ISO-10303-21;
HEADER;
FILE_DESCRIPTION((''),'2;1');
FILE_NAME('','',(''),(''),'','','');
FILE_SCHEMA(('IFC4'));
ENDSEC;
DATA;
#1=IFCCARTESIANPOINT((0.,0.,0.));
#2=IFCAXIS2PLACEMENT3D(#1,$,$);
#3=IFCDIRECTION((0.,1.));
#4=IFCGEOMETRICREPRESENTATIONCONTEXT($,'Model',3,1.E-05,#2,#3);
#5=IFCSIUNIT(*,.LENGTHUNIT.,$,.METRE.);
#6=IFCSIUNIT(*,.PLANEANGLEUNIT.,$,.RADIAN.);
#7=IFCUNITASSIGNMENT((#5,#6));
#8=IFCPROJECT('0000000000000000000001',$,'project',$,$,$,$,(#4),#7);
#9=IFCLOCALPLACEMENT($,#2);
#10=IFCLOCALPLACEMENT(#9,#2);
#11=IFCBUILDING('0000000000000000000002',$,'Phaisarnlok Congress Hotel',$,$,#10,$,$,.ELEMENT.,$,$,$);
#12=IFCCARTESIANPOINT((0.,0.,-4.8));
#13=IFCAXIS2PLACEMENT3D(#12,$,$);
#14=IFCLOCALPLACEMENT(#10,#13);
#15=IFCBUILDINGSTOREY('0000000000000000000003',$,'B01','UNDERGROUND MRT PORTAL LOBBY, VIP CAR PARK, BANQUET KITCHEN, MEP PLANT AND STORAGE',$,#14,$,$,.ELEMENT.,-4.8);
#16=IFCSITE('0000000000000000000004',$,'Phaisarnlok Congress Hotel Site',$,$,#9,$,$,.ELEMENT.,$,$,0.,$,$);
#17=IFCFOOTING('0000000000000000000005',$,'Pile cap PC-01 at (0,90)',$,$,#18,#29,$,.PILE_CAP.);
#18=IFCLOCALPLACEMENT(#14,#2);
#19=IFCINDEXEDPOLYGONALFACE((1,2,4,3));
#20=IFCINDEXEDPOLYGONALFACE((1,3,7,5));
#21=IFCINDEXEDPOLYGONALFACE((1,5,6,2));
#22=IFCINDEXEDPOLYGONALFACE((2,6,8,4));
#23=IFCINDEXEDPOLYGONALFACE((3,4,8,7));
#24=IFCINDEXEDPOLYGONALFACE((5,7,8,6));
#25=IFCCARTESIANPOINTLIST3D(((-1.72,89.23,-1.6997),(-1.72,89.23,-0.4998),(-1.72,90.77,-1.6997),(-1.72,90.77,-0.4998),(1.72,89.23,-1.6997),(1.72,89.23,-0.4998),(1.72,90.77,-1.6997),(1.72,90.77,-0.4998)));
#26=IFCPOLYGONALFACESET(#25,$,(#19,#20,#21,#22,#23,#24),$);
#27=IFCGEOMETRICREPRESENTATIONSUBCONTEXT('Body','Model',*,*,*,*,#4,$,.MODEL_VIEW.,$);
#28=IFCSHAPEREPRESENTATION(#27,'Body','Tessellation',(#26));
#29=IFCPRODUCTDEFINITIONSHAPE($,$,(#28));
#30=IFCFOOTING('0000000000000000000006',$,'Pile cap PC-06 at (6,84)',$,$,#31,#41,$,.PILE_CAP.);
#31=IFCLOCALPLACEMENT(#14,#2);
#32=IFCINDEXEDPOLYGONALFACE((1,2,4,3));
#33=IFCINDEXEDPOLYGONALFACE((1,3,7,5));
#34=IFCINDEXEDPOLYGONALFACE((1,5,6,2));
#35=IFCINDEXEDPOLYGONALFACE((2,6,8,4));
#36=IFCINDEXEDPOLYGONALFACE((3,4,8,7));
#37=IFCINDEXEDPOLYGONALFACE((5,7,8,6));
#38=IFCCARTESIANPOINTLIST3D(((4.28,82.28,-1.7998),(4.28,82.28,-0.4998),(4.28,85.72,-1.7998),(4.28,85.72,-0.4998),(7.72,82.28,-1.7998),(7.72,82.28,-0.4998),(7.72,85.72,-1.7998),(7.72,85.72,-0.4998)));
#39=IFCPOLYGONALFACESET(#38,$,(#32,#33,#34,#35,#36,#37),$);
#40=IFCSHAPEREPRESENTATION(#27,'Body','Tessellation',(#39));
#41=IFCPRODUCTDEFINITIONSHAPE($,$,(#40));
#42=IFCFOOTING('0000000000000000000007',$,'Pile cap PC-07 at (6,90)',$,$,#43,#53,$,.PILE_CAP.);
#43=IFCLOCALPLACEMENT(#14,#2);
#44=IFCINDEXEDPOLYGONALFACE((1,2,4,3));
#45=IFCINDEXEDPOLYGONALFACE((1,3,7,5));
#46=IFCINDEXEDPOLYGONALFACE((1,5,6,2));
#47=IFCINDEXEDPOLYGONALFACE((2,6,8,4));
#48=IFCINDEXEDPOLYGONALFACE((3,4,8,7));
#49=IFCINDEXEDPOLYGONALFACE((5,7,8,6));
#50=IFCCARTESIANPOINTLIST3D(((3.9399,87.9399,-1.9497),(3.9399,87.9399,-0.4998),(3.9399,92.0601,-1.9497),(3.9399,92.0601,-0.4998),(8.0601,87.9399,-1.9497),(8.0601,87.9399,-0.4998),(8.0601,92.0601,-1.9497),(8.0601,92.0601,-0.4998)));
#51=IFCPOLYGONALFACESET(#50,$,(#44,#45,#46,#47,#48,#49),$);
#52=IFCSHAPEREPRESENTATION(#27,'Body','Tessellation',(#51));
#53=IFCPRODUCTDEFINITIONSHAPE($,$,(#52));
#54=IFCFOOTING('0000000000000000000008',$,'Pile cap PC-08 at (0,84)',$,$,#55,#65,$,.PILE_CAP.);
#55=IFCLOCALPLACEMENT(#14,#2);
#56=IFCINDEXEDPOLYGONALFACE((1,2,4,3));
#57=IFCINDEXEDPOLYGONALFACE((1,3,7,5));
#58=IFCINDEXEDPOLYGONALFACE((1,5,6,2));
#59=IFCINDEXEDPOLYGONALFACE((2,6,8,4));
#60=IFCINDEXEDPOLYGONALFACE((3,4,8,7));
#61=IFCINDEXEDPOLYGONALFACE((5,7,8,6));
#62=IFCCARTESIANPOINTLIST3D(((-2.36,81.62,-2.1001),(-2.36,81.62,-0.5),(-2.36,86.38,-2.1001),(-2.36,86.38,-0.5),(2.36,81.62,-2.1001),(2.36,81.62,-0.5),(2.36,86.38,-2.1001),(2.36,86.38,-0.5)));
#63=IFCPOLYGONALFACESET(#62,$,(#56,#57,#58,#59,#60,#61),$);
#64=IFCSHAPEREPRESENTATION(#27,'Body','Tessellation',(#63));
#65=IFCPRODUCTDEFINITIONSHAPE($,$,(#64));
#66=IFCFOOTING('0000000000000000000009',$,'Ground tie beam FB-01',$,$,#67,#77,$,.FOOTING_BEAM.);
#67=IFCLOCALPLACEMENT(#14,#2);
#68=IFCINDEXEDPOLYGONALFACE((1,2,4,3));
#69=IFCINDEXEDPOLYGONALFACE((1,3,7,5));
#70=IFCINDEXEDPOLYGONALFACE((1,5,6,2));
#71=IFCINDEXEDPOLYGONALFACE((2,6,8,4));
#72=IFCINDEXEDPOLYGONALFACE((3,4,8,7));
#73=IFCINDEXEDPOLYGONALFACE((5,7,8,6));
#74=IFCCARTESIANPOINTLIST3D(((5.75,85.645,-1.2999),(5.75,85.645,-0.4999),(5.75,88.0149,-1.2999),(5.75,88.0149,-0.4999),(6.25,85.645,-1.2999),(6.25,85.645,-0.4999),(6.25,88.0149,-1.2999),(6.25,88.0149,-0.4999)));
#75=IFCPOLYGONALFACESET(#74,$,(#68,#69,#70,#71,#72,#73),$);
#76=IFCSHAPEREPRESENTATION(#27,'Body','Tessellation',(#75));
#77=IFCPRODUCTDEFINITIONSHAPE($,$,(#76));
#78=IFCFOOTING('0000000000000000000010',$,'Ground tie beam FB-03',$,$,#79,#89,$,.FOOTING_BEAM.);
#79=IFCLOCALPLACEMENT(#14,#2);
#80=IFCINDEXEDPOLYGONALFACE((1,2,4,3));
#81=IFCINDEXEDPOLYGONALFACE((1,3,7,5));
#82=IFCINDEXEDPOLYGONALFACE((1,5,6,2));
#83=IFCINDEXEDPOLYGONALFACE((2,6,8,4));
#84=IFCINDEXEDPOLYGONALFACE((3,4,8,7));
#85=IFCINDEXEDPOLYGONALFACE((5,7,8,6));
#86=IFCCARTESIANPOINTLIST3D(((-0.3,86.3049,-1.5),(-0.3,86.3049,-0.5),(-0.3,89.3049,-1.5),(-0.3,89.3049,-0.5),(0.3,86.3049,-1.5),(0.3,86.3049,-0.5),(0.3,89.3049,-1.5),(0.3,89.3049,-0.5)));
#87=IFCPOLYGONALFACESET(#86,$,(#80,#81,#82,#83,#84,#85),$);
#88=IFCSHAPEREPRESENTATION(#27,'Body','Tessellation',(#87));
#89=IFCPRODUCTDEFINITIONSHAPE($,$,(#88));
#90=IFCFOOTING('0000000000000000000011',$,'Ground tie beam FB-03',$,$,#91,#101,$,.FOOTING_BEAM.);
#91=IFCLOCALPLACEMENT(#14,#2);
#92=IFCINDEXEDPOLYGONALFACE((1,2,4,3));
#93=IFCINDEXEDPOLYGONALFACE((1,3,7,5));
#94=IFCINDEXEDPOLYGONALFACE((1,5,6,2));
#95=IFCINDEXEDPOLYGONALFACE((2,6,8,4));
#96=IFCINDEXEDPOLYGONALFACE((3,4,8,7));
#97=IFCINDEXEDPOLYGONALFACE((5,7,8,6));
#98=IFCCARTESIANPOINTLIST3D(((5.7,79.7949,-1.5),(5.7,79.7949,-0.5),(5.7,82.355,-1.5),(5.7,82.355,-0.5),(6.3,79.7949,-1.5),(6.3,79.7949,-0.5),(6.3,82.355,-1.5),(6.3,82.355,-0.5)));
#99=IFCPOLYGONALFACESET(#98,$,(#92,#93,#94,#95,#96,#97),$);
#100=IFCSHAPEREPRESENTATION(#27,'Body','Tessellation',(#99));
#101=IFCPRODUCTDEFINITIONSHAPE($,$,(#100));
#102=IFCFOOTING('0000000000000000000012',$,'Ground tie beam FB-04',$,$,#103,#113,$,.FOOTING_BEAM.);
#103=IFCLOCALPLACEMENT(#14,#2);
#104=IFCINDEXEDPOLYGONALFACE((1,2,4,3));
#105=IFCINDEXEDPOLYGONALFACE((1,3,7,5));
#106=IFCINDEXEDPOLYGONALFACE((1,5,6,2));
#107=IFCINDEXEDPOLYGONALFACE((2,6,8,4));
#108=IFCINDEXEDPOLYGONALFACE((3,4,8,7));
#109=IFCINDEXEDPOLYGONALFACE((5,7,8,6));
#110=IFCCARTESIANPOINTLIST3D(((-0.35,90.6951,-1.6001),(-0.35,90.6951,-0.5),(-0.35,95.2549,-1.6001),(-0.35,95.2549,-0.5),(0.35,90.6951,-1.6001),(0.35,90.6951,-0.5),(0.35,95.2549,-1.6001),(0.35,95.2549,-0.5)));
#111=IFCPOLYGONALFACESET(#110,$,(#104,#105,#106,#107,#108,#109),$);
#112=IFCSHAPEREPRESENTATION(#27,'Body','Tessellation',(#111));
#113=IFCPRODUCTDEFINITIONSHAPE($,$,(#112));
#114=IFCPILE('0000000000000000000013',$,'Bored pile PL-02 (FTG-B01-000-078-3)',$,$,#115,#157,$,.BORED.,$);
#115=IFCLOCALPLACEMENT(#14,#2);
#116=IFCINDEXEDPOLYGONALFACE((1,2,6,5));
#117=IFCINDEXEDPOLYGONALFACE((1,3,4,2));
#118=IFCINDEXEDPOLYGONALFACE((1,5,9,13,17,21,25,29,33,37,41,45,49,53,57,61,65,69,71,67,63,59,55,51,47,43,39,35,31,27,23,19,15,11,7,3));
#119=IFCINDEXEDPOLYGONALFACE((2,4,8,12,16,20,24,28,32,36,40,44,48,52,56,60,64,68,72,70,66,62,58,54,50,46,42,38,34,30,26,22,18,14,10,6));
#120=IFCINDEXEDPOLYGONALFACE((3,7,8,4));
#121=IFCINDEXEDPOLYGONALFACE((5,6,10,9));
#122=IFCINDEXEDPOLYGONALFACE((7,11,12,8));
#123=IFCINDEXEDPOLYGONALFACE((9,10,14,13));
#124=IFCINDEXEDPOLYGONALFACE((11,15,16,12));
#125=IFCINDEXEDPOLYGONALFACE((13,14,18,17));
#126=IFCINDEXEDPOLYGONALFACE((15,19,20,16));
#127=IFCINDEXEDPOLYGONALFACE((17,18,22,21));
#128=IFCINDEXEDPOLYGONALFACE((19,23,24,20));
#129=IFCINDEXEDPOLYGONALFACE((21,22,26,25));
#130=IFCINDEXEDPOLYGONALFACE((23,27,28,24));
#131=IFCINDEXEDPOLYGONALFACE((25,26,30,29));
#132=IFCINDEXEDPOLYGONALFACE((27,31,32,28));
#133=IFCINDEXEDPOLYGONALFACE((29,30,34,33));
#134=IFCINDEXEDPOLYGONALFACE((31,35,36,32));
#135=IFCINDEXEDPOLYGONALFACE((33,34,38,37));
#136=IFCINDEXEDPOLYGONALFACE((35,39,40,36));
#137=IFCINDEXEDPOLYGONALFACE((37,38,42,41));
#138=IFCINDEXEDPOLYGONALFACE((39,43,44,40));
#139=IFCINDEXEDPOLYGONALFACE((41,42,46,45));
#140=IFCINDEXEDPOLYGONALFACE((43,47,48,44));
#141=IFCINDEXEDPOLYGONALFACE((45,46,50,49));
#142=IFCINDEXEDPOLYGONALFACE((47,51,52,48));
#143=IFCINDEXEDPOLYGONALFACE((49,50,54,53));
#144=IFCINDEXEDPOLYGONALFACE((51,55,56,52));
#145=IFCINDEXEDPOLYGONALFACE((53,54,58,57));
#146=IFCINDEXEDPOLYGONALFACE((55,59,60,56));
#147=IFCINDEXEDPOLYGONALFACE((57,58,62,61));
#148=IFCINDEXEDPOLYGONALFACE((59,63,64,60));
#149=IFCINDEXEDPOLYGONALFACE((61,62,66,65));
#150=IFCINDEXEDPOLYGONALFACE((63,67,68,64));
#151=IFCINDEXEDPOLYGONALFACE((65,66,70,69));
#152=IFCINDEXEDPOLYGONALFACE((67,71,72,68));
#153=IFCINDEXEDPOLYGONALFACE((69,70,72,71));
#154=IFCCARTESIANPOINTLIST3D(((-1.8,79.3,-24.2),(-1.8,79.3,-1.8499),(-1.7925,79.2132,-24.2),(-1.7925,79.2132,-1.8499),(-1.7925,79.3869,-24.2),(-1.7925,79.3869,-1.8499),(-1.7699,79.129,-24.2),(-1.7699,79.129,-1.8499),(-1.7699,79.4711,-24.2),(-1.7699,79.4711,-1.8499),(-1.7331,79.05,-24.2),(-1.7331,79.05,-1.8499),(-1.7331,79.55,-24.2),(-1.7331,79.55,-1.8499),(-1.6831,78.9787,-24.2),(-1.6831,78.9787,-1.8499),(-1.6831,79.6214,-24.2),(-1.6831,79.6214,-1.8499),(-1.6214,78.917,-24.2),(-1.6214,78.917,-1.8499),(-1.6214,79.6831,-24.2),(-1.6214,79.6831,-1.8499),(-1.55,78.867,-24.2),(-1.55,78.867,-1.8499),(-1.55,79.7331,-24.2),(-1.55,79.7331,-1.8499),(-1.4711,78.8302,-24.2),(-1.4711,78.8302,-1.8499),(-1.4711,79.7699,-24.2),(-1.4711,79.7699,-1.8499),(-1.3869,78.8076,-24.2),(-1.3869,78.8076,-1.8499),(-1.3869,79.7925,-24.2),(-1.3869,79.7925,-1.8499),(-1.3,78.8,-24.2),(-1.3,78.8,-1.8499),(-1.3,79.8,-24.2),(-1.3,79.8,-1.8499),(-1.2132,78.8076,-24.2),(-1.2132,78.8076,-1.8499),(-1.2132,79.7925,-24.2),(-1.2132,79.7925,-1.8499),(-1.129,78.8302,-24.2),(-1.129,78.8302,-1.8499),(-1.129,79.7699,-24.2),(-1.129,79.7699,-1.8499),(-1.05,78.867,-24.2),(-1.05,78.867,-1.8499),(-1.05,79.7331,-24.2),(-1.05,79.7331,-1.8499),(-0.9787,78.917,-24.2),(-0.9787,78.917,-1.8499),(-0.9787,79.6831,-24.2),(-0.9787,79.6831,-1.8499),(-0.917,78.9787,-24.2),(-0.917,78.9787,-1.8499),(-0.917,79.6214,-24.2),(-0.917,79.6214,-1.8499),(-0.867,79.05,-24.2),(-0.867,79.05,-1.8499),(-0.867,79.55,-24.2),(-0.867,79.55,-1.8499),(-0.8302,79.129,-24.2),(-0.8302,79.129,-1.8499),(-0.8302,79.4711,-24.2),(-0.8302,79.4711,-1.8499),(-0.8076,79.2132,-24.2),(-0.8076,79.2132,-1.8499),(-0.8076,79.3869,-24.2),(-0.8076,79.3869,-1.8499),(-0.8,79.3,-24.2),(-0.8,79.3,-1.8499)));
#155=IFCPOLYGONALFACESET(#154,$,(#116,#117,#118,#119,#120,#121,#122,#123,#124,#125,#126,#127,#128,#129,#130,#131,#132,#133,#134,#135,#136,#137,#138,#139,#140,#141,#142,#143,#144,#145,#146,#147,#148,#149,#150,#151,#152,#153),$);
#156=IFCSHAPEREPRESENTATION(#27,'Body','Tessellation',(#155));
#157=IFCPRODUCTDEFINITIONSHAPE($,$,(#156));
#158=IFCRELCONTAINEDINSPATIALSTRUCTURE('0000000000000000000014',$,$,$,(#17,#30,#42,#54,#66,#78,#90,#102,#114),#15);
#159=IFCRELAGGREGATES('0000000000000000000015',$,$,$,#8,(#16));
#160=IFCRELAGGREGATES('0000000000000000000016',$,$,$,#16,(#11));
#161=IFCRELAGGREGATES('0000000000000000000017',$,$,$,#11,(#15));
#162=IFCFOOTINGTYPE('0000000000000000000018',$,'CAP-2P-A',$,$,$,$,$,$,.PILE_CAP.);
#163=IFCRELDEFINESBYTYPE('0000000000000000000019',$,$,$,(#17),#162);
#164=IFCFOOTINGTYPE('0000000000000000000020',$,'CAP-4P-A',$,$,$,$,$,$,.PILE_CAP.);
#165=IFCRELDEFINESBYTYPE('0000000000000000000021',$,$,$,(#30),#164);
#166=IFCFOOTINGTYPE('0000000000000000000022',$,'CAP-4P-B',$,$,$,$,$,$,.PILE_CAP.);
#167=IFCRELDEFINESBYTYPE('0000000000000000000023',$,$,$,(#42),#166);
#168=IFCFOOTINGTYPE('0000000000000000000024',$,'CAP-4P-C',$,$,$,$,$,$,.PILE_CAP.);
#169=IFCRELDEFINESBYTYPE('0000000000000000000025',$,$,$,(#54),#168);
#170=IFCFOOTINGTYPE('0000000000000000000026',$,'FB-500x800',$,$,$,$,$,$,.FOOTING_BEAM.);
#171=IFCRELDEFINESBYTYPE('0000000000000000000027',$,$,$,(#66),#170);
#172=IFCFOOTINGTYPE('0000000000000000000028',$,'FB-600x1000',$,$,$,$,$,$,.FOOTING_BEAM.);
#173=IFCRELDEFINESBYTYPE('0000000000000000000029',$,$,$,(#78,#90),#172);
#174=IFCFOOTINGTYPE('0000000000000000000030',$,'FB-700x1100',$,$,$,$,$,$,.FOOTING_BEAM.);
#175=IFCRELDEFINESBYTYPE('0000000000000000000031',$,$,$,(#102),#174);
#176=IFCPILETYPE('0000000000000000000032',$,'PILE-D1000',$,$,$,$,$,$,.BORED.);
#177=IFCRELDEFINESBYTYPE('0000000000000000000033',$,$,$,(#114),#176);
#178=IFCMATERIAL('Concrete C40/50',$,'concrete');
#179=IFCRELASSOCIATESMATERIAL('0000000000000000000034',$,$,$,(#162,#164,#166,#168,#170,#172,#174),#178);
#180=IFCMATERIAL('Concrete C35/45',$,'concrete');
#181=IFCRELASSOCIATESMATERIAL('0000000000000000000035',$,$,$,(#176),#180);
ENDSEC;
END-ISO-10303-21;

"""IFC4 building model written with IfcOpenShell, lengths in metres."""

from ifc_helpers import new_model, si_unit, direction, frame, origin, origin_2d, place, context, subcontext, project, spatial, rectangle, circle, extrude, material, material_profile, profile_set, type_object, element, save


model = new_model("IFC4")

# Units and contexts
model_context = context("Model", 3, precision=1e-05, world=origin(), true_north=direction((0.0, 1.0)))
body_context = subcontext(model_context, "Body", "Model", "MODEL_VIEW")
ifc_project = project(units=[si_unit("LENGTHUNIT", "METRE"), si_unit("PLANEANGLEUNIT", "RADIAN")], contexts=[model_context])

# Site, building, storey
site_placement = place(None, origin())
site = spatial("IfcSite", under=ifc_project, at=site_placement, Name="Phaisarnlok Congress Hotel Site", CompositionType="ELEMENT", RefElevation=0.0)
building_placement = place(site_placement, origin())
building = spatial("IfcBuilding", under=site, at=building_placement, Name="Phaisarnlok Congress Hotel", CompositionType="ELEMENT")
storey_placement = place(building_placement, frame((0.0, 0.0, -4.8)))
storey = spatial("IfcBuildingStorey", under=building, at=storey_placement, Name="B01", Description="UNDERGROUND MRT PORTAL LOBBY, VIP CAR PARK, BANQUET KITCHEN, MEP PLANT AND STORAGE", CompositionType="ELEMENT", Elevation=-4.8)

# Footings
ifc_material_1 = material(Name="Concrete C40/50", Category="concrete")
footing_type_1 = type_object("IfcFootingType", Name="CAP-2P-A", PredefinedType="PILE_CAP", material=ifc_material_1)
footing_1_placement = place(storey_placement, frame((0.0, 90.0, -1.6997), z_axis=(0.0, 0.0, 1.0), x_axis=(1.0, 0.0, 0.0)))
element("IfcFooting", 1, at=footing_1_placement, inside=storey, type_object=footing_type_1, Name="Pile cap PC-01 at (0,90)", PredefinedType="PILE_CAP", context=body_context, shape_type="SweptSolid", body=[
    extrude(rectangle(XDim=3.4399, YDim=1.54, at=origin_2d()), origin(), (0.0, 0.0, 1.0), 1.2),
])
footing_type_2 = type_object("IfcFootingType", Name="CAP-4P-A", PredefinedType="PILE_CAP", material=ifc_material_1)
footing_2_placement = place(storey_placement, frame((6.0, 84.0, -1.7998), z_axis=(0.0, 0.0, 1.0), x_axis=(1.0, 0.0, 0.0)))
element("IfcFooting", 2, at=footing_2_placement, inside=storey, type_object=footing_type_2, Name="Pile cap PC-06 at (6,84)", PredefinedType="PILE_CAP", context=body_context, shape_type="SweptSolid", body=[
    extrude(rectangle(XDim=3.4399, YDim=3.4399, at=origin_2d()), origin(), (0.0, 0.0, 1.0), 1.3),
])
footing_type_3 = type_object("IfcFootingType", Name="CAP-4P-B", PredefinedType="PILE_CAP", material=ifc_material_1)
footing_3_placement = place(storey_placement, frame((6.0, 90.0, -1.9497), z_axis=(0.0, 0.0, 1.0), x_axis=(1.0, 0.0, 0.0)))
element("IfcFooting", 3, at=footing_3_placement, inside=storey, type_object=footing_type_3, Name="Pile cap PC-07 at (6,90)", PredefinedType="PILE_CAP", context=body_context, shape_type="SweptSolid", body=[
    extrude(rectangle(XDim=4.1201, YDim=4.1201, at=origin_2d()), origin(), (0.0, 0.0, 1.0), 1.45),
])
footing_type_4 = type_object("IfcFootingType", Name="CAP-4P-C", PredefinedType="PILE_CAP", material=ifc_material_1)
footing_4_placement = place(storey_placement, frame((0.0, 84.0, -2.1001), z_axis=(0.0, 0.0, 1.0), x_axis=(1.0, 0.0, 0.0)))
element("IfcFooting", 4, at=footing_4_placement, inside=storey, type_object=footing_type_4, Name="Pile cap PC-08 at (0,84)", PredefinedType="PILE_CAP", context=body_context, shape_type="SweptSolid", body=[
    extrude(rectangle(XDim=4.72, YDim=4.76, at=origin_2d()), origin(), (0.0, 0.0, 1.0), 1.6001),
])
ifc_material_profile_1 = material_profile(ifc_material_1, rectangle(XDim=0.5, YDim=0.8, at=origin_2d()), Name="FB-500x800")
ifc_profile_set_1 = profile_set([ifc_material_profile_1], Name="Concrete C40/50")
footing_type_5 = type_object("IfcFootingType", Name="FB-500x800", PredefinedType="FOOTING_BEAM", material=ifc_profile_set_1)
footing_5_placement = place(storey_placement, frame((6.0, 85.645, -0.8999), z_axis=(0.0, 1.0, 0.0), x_axis=(-1.0, 0.0, 0.0)))
element("IfcFooting", 5, at=footing_5_placement, inside=storey, type_object=footing_type_5, Name="Ground tie beam FB-01", PredefinedType="FOOTING_BEAM", context=body_context, shape_type="SweptSolid", body=[
    extrude(rectangle(XDim=0.5, YDim=0.8, at=origin_2d()), origin(), (0.0, 0.0, 1.0), 2.3699),
])
ifc_material_profile_2 = material_profile(ifc_material_1, rectangle(XDim=0.6001, YDim=1.0, at=origin_2d()), Name="FB-600x1000")
ifc_profile_set_2 = profile_set([ifc_material_profile_2], Name="Concrete C40/50")
footing_type_6 = type_object("IfcFootingType", Name="FB-600x1000", PredefinedType="FOOTING_BEAM", material=ifc_profile_set_2)
footing_6_placement = place(storey_placement, frame((0.0, 86.3049, -1.0), z_axis=(0.0, 1.0, 0.0), x_axis=(-1.0, 0.0, 0.0)))
element("IfcFooting", 6, at=footing_6_placement, inside=storey, type_object=footing_type_6, Name="Ground tie beam FB-03", PredefinedType="FOOTING_BEAM", context=body_context, shape_type="SweptSolid", body=[
    extrude(rectangle(XDim=0.6001, YDim=1.0, at=origin_2d()), origin(), (0.0, 0.0, 1.0), 3.0),
])
footing_7_placement = place(storey_placement, frame((6.0, 79.7949, -1.0), z_axis=(0.0, 1.0, 0.0), x_axis=(-1.0, 0.0, 0.0)))
element("IfcFooting", 7, at=footing_7_placement, inside=storey, type_object=footing_type_6, Name="Ground tie beam FB-03", PredefinedType="FOOTING_BEAM", context=body_context, shape_type="SweptSolid", body=[
    extrude(rectangle(XDim=0.6001, YDim=1.0, at=origin_2d()), origin(), (0.0, 0.0, 1.0), 2.5601),
])
ifc_material_profile_3 = material_profile(ifc_material_1, rectangle(XDim=0.7, YDim=1.1001, at=origin_2d()), Name="FB-700x1100")
ifc_profile_set_3 = profile_set([ifc_material_profile_3], Name="Concrete C40/50")
footing_type_7 = type_object("IfcFootingType", Name="FB-700x1100", PredefinedType="FOOTING_BEAM", material=ifc_profile_set_3)
footing_8_placement = place(storey_placement, frame((0.0, 90.6951, -1.05), z_axis=(0.0, 1.0, 0.0), x_axis=(-1.0, 0.0, 0.0)))
element("IfcFooting", 8, at=footing_8_placement, inside=storey, type_object=footing_type_7, Name="Ground tie beam FB-04", PredefinedType="FOOTING_BEAM", context=body_context, shape_type="SweptSolid", body=[
    extrude(rectangle(XDim=0.7, YDim=1.1001, at=origin_2d()), origin(), (0.0, 0.0, 1.0), 4.5598),
])

# Pile
ifc_material_2 = material(Name="Concrete C35/45", Category="concrete")
ifc_material_profile_4 = material_profile(ifc_material_2, circle(Radius=0.5, at=origin_2d()), Name="BORED PILE D1000")
ifc_profile_set_4 = profile_set([ifc_material_profile_4], Name="Concrete C35/45")
pile_type_1 = type_object("IfcPileType", Name="PILE-D1000", PredefinedType="BORED", material=ifc_profile_set_4)
for number, where, z_axis, x_axis, name in (
    (9, (-1.3, 79.3, -1.8499), (0.0, 0.0, -1.0), (1.0, 0.0, 0.0), "Bored pile PL-02 (FTG-B01-000-078-3)"),
):
    element("IfcPile", number, at=place(storey_placement, frame(where, z_axis=z_axis, x_axis=x_axis)), inside=storey, type_object=pile_type_1, Name=name, PredefinedType="BORED", context=body_context, shape_type="SweptSolid", body=[
        extrude(circle(Radius=0.5, at=origin_2d()), origin(), (0.0, 0.0, 1.0), 22.3501),
    ])

save(model, "model.ifc")
